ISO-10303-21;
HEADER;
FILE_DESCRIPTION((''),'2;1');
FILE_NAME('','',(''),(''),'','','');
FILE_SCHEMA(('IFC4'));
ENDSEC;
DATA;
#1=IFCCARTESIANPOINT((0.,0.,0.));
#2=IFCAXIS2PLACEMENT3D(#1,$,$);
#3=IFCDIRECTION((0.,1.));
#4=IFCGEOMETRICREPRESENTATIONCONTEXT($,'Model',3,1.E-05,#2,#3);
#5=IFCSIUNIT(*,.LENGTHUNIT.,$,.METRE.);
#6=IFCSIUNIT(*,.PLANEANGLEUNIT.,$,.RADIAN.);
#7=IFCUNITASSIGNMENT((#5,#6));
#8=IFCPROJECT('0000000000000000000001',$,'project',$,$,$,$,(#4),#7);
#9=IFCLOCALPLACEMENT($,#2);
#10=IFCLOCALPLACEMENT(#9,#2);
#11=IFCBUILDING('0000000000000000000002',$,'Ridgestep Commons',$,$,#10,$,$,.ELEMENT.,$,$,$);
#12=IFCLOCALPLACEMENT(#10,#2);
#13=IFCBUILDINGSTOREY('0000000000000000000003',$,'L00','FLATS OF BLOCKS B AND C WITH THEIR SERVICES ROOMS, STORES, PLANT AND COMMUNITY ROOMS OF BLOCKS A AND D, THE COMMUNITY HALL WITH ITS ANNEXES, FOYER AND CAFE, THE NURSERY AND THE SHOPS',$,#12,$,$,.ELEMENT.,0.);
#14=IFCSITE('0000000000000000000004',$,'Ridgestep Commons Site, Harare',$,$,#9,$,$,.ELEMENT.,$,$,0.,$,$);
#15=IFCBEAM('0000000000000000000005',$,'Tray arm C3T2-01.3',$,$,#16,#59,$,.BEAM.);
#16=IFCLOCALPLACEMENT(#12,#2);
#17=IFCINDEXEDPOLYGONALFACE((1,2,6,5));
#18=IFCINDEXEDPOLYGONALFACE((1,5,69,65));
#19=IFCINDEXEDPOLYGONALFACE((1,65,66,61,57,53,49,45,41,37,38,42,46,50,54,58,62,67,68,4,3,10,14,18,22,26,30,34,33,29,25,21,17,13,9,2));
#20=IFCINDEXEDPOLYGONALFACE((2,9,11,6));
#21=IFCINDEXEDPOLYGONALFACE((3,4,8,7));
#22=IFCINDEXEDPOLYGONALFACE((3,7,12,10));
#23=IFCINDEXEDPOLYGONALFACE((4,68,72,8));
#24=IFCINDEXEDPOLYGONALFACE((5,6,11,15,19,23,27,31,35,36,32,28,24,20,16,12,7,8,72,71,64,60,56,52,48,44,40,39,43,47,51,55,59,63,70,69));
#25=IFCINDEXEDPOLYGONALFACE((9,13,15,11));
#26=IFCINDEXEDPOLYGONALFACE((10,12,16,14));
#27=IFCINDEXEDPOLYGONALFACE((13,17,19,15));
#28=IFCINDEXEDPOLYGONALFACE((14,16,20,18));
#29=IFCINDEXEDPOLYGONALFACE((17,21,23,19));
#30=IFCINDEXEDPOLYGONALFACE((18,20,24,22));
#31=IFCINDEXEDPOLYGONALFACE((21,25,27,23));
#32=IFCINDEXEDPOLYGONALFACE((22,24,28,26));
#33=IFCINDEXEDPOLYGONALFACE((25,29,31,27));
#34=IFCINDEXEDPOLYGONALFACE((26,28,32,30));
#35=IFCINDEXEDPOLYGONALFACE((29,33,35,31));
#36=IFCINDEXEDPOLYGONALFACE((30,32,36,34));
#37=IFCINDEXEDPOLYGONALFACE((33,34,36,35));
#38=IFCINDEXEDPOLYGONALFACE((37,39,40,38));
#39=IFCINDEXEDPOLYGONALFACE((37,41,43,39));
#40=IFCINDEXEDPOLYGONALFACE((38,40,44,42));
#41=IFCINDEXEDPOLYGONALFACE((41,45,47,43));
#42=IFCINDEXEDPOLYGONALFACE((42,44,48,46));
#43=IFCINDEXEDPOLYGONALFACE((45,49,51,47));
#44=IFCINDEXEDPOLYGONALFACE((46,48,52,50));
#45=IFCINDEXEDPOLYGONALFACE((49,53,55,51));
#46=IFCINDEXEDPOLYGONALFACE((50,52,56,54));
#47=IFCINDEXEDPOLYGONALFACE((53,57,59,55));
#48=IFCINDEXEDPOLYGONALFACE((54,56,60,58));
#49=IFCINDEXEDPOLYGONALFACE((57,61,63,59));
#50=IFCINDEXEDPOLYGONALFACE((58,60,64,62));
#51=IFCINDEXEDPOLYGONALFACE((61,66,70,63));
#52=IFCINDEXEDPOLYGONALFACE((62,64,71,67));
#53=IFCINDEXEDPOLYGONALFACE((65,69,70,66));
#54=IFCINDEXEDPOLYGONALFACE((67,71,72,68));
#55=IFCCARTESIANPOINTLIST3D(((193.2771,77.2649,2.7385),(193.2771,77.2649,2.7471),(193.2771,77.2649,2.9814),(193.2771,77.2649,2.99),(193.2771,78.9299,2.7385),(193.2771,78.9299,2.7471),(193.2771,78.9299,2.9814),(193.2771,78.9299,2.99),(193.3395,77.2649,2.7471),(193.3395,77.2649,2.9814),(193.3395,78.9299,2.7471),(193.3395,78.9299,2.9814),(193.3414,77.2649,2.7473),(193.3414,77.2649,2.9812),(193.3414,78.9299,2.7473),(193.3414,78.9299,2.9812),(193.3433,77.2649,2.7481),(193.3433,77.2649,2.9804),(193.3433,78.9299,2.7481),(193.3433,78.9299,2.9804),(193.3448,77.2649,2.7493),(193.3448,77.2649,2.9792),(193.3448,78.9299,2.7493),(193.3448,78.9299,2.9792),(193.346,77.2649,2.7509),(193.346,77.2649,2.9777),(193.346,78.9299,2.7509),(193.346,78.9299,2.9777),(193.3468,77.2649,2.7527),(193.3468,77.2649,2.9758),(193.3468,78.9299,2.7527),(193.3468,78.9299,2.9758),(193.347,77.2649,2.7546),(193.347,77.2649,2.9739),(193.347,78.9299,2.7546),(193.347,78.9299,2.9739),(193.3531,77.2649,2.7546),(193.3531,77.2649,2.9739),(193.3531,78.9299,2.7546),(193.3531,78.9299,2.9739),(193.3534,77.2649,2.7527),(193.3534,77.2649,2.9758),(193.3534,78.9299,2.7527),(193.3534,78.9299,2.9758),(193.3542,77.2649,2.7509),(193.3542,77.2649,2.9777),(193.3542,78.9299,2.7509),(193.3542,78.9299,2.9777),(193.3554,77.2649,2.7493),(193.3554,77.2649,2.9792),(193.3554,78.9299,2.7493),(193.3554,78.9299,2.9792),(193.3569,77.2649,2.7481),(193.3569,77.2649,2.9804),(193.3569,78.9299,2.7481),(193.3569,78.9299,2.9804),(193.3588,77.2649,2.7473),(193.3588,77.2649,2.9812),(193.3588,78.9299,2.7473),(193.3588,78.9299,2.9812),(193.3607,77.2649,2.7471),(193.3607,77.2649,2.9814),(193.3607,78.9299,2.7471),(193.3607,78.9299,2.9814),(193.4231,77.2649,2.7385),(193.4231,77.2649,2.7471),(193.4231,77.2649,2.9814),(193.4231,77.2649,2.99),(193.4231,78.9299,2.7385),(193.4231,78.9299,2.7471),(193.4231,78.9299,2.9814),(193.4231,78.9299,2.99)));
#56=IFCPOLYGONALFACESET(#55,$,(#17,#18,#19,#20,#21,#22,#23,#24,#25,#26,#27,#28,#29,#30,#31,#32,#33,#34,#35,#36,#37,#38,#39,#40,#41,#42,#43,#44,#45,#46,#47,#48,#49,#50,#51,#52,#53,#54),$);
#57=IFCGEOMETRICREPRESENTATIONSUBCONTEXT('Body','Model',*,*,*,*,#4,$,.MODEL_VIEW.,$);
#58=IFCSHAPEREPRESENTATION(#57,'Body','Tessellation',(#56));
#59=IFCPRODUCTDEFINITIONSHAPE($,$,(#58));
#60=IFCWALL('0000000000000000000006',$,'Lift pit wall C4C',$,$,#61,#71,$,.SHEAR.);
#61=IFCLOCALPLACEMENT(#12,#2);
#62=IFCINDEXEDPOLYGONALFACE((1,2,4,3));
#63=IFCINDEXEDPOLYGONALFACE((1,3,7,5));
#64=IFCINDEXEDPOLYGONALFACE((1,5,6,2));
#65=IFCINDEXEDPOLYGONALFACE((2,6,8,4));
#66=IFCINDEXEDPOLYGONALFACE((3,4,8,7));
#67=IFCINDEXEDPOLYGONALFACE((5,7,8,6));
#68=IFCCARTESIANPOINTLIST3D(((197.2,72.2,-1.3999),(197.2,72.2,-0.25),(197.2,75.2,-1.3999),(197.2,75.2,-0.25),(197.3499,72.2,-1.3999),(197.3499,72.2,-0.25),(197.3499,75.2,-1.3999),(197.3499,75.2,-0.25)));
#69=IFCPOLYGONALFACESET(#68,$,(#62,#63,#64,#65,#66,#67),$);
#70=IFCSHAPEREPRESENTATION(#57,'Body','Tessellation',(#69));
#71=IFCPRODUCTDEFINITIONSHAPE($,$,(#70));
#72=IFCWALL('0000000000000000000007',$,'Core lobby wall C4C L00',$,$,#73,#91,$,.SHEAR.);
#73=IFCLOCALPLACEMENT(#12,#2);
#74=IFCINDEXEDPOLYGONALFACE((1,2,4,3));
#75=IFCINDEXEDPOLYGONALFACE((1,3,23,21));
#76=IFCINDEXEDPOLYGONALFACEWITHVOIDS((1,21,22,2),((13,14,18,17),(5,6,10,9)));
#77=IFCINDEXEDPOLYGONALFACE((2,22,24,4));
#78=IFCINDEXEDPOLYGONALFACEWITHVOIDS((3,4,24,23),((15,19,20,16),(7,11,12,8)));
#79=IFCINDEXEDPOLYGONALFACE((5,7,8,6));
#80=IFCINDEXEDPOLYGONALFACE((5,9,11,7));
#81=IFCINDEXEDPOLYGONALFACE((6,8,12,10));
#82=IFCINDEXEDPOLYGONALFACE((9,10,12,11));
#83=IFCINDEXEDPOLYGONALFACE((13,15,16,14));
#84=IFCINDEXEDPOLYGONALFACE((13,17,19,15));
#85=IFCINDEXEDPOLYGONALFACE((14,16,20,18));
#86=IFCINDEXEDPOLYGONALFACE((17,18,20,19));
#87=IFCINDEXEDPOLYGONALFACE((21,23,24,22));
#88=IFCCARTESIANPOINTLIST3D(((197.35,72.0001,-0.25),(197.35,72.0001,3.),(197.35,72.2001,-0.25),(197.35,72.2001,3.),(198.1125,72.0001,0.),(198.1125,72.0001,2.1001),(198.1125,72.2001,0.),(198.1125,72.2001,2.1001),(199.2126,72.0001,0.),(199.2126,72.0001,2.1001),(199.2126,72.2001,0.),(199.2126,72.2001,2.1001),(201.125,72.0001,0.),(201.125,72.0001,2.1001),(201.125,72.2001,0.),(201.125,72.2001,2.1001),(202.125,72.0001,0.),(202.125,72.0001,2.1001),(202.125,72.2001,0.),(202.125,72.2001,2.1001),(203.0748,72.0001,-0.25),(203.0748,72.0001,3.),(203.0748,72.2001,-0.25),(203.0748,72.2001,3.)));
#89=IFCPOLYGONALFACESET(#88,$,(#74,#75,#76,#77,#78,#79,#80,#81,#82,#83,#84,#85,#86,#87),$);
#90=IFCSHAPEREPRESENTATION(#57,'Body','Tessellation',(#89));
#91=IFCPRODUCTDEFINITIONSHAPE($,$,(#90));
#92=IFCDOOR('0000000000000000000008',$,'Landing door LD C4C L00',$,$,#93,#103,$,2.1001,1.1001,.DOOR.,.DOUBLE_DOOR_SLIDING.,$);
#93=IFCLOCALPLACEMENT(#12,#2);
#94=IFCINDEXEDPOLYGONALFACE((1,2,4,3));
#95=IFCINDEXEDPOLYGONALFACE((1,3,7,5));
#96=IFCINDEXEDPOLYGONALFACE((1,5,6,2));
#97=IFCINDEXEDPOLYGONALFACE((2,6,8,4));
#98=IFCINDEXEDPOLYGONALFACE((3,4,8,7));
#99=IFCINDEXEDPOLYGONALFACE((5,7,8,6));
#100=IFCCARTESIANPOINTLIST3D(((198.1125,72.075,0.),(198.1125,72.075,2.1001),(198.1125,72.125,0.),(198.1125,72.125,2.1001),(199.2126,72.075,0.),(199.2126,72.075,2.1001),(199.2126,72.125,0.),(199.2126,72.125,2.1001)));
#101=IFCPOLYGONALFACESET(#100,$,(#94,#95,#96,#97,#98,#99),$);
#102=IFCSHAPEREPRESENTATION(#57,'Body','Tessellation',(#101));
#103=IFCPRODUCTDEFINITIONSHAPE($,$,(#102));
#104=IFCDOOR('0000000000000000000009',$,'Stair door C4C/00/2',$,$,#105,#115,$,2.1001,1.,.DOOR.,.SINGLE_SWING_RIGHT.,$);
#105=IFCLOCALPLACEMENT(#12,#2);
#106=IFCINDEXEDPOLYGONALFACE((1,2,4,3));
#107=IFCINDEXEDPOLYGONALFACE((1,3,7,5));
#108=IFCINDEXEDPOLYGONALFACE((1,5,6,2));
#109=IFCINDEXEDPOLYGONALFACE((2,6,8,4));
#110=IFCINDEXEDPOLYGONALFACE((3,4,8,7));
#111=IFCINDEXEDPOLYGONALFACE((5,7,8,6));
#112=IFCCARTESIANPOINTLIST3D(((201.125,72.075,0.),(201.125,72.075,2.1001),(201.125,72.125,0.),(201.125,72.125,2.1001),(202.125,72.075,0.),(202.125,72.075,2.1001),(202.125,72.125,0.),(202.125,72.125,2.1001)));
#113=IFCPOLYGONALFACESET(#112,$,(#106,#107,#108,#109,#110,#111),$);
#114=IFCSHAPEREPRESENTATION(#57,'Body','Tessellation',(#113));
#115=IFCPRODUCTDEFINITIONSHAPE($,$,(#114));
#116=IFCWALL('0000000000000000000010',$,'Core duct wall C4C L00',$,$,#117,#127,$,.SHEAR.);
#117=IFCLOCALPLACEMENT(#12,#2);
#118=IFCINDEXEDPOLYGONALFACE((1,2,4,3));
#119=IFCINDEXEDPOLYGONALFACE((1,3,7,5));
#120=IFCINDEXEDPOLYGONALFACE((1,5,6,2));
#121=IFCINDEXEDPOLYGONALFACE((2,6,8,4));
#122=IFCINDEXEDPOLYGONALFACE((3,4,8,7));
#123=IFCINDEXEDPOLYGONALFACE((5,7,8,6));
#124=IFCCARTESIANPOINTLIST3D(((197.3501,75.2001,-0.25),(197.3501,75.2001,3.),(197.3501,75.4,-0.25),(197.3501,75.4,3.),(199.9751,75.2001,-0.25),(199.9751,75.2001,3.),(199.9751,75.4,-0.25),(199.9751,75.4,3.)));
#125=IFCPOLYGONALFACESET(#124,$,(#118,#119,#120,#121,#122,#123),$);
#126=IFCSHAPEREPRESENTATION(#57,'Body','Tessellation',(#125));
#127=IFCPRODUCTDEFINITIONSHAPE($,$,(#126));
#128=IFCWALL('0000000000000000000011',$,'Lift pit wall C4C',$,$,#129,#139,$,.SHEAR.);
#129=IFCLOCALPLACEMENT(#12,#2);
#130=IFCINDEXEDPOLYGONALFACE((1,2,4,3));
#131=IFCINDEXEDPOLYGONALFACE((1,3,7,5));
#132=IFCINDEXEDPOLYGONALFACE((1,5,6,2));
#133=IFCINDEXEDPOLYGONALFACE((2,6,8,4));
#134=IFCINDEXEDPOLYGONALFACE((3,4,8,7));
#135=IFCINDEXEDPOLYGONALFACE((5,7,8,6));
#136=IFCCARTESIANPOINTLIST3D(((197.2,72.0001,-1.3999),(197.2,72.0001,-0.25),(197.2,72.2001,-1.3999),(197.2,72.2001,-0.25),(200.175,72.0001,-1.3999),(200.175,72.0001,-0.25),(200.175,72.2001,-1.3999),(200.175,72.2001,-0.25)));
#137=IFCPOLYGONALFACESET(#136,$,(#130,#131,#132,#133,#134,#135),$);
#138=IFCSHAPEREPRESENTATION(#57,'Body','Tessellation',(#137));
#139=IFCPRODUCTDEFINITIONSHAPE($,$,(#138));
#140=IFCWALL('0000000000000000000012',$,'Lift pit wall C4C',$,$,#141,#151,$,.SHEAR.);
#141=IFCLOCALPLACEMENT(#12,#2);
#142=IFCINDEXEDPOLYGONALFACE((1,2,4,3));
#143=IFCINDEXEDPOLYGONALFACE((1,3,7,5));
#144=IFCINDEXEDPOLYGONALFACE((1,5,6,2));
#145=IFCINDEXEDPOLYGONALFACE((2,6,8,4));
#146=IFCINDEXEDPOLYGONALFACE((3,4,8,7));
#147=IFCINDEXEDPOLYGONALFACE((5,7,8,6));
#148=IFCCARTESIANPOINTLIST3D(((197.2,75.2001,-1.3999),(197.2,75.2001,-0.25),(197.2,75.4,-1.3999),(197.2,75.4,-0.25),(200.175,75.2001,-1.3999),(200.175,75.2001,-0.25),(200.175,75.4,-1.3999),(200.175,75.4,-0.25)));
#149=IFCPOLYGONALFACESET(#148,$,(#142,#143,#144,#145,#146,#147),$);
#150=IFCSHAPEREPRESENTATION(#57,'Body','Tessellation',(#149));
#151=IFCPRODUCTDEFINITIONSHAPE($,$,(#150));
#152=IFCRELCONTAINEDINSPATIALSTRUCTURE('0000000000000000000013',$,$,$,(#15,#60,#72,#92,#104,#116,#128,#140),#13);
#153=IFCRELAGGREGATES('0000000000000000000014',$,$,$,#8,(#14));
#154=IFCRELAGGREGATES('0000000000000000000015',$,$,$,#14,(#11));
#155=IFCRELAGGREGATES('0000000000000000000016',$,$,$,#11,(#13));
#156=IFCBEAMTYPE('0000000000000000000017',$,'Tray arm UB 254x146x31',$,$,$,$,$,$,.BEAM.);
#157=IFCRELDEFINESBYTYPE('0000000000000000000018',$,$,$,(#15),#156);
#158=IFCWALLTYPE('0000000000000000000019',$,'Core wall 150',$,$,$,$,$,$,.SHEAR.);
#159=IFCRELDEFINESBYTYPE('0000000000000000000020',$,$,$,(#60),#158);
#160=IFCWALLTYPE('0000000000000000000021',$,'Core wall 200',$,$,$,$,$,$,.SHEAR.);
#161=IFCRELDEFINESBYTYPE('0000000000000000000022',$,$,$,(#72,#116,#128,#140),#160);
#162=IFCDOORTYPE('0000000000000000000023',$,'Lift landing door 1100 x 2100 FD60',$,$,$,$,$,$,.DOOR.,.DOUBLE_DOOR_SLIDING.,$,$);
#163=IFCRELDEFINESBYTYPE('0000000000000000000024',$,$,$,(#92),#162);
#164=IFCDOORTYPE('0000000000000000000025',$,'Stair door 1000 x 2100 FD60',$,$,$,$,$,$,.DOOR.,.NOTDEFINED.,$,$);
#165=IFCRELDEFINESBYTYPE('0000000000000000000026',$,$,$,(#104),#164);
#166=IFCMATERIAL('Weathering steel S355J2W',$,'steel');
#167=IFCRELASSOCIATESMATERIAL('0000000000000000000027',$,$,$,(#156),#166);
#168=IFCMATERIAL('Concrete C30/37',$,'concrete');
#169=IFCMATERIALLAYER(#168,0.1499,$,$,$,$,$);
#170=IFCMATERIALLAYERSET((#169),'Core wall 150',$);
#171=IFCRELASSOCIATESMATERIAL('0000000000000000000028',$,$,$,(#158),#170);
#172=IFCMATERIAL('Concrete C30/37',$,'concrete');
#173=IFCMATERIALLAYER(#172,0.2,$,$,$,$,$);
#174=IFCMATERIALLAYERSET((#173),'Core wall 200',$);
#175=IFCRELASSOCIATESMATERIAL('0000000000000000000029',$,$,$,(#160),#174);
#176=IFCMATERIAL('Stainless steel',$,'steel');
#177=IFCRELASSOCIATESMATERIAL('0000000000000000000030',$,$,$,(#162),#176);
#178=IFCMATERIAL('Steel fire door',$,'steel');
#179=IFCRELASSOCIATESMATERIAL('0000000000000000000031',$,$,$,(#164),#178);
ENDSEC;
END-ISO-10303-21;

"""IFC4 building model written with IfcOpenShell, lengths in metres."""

from ifc_helpers import new_model, si_unit, direction, frame, frame_2d, origin, origin_2d, place, context, subcontext, project, spatial, rectangle, i_section, extrude, material, layer, layer_set, material_profile, profile_set, type_object, element, fill, save


model = new_model("IFC4")

# Units and contexts
model_context = context("Model", 3, precision=1e-05, world=origin(), true_north=direction((0.0, 1.0)))
body_context = subcontext(model_context, "Body", "Model", "MODEL_VIEW")
ifc_project = project(units=[si_unit("LENGTHUNIT", "METRE"), si_unit("PLANEANGLEUNIT", "RADIAN")], contexts=[model_context])

# Site, building, storey
site_placement = place(None, origin())
site = spatial("IfcSite", under=ifc_project, at=site_placement, Name="Ridgestep Commons Site, Harare", CompositionType="ELEMENT", RefElevation=0.0)
building_placement = place(site_placement, origin())
building = spatial("IfcBuilding", under=site, at=building_placement, Name="Ridgestep Commons", CompositionType="ELEMENT")
storey_placement = place(building_placement, origin())
storey = spatial("IfcBuildingStorey", under=building, at=storey_placement, Name="L00", Description="FLATS OF BLOCKS B AND C WITH THEIR SERVICES ROOMS, STORES, PLANT AND COMMUNITY ROOMS OF BLOCKS A AND D, THE COMMUNITY HALL WITH ITS ANNEXES, FOYER AND CAFE, THE NURSERY AND THE SHOPS", CompositionType="ELEMENT", Elevation=0.0)

# Beam
ifc_material_1 = material(Name="Weathering steel S355J2W", Category="steel")
ifc_material_profile = material_profile(ifc_material_1, i_section(OverallWidth=0.146, OverallDepth=0.2515, WebThickness=0.0061, FlangeThickness=0.0085, FilletRadius=0.0076, at=origin_2d()), Name="UB 254x146x31")
ifc_profile_set = profile_set([ifc_material_profile], Name="Weathering steel S355J2W")
beam_type = type_object("IfcBeamType", Name="Tray arm UB 254x146x31", PredefinedType="BEAM", material=ifc_profile_set)
beam_placement = place(storey_placement, frame((193.3501, 77.2649, 2.8643), z_axis=(0.0, 1.0, 0.0), x_axis=(-1.0, 0.0, 0.0)))
element("IfcBeam", 1, at=beam_placement, inside=storey, type_object=beam_type, Name="Tray arm C3T2-01.3", PredefinedType="BEAM", context=body_context, shape_type="SweptSolid", body=[
    extrude(i_section(OverallWidth=0.146, OverallDepth=0.2515, WebThickness=0.0061, FlangeThickness=0.0085, FilletRadius=0.0076, at=origin_2d()), origin(), (0.0, 0.0, 1.0), 1.665),
])

# Wall
ifc_material_2 = material(Name="Concrete C30/37", Category="concrete")
ifc_layer_1 = layer(ifc_material_2, 0.1499)
ifc_layer_set_1 = layer_set([ifc_layer_1], Name="Core wall 150")
wall_type_1 = type_object("IfcWallType", Name="Core wall 150", PredefinedType="SHEAR", material=ifc_layer_set_1)
wall_1_placement = place(storey_placement, frame((197.2749, 72.2, -1.3999), z_axis=(0.0, 0.0, 1.0), x_axis=(0.0, 1.0, 0.0)))
element("IfcWall", 2, at=wall_1_placement, inside=storey, type_object=wall_type_1, Name="Lift pit wall C4C", PredefinedType="SHEAR", context=body_context, shape_type="SweptSolid", body=[
    extrude(rectangle(XDim=3.0, YDim=0.1499, at=frame_2d((1.5, 0.0))), origin(), (0.0, 0.0, 1.0), 1.1499),
])

# Wall, openings, doors
ifc_material_3 = material(Name="Concrete C30/37", Category="concrete")
ifc_layer_2 = layer(ifc_material_3, 0.2)
ifc_layer_set_2 = layer_set([ifc_layer_2], Name="Core wall 200")
wall_type_2 = type_object("IfcWallType", Name="Core wall 200", PredefinedType="SHEAR", material=ifc_layer_set_2)
wall_2_placement = place(storey_placement, frame((197.3501, 72.1001, -0.25), z_axis=(0.0, 0.0, 1.0), x_axis=(1.0, 0.0, 0.0)))
wall_2 = element("IfcWall", 3, at=wall_2_placement, inside=storey, type_object=wall_type_2, Name="Core lobby wall C4C L00", PredefinedType="SHEAR", context=body_context, shape_type="SweptSolid", body=[
    extrude(rectangle(XDim=5.7249, YDim=0.2, at=frame_2d((2.8623, 0.0))), origin(), (0.0, 0.0, 1.0), 3.25),
])
opening_1_placement = place(wall_2_placement, frame((3.7749, 0.0, 0.25)))
opening_1 = element("IfcOpeningElement", 4, at=opening_1_placement, cuts=wall_2, PredefinedType="OPENING", context=body_context, shape_type="SweptSolid", body=[
    extrude(rectangle(XDim=1.0, YDim=2.1001, at=frame_2d((0.5, 1.05))), frame((0.0, 0.1099, 0.0), z_axis=(0.0, -1.0, 0.0), x_axis=(1.0, 0.0, 0.0)), (0.0, 0.0, 1.0), 0.22),
])
opening_2_placement = place(wall_2_placement, frame((0.7625, 0.0, 0.25)))
opening_2 = element("IfcOpeningElement", 5, at=opening_2_placement, cuts=wall_2, PredefinedType="OPENING", context=body_context, shape_type="SweptSolid", body=[
    extrude(rectangle(XDim=1.1001, YDim=2.1001, at=frame_2d((0.55, 1.05))), frame((0.0, 0.1099, 0.0), z_axis=(0.0, -1.0, 0.0), x_axis=(1.0, 0.0, 0.0)), (0.0, 0.0, 1.0), 0.22),
])
ifc_material_4 = material(Name="Stainless steel", Category="steel")
door_type_1 = type_object("IfcDoorType", Name="Lift landing door 1100 x 2100 FD60", OperationType="DOUBLE_DOOR_SLIDING", PredefinedType="DOOR", material=ifc_material_4)
door_1_placement = place(opening_2_placement, origin())
door_1 = element("IfcDoor", 6, at=door_1_placement, inside=storey, type_object=door_type_1, Name="Landing door LD C4C L00", OperationType="DOUBLE_DOOR_SLIDING", OverallHeight=2.1001, OverallWidth=1.1001, PredefinedType="DOOR", context=body_context, shape_type="SweptSolid", body=[
    extrude(rectangle(XDim=1.1001, YDim=2.1001, at=frame_2d((0.55, 1.05))), frame((0.0, 0.0249, 0.0), z_axis=(0.0, -1.0, 0.0), x_axis=(1.0, 0.0, 0.0)), (0.0, 0.0, 1.0), 0.05),
])
fill(opening_2, door_1)
ifc_material_5 = material(Name="Steel fire door", Category="steel")
door_type_2 = type_object("IfcDoorType", Name="Stair door 1000 x 2100 FD60", OperationType="NOTDEFINED", PredefinedType="DOOR", material=ifc_material_5)
door_2_placement = place(opening_1_placement, origin())
door_2 = element("IfcDoor", 7, at=door_2_placement, inside=storey, type_object=door_type_2, Name="Stair door C4C/00/2", OperationType="SINGLE_SWING_RIGHT", OverallHeight=2.1001, OverallWidth=1.0, PredefinedType="DOOR", context=body_context, shape_type="SweptSolid", body=[
    extrude(rectangle(XDim=1.0, YDim=2.1001, at=frame_2d((0.5, 1.05))), frame((0.0, 0.0249, 0.0), z_axis=(0.0, -1.0, 0.0), x_axis=(1.0, 0.0, 0.0)), (0.0, 0.0, 1.0), 0.05),
])
fill(opening_1, door_2)

# Walls
wall_3_placement = place(storey_placement, frame((197.3501, 75.3, -0.25), z_axis=(0.0, 0.0, 1.0), x_axis=(1.0, 0.0, 0.0)))
element("IfcWall", 8, at=wall_3_placement, inside=storey, type_object=wall_type_2, Name="Core duct wall C4C L00", PredefinedType="SHEAR", context=body_context, shape_type="SweptSolid", body=[
    extrude(rectangle(XDim=2.625, YDim=0.2, at=frame_2d((1.3125, 0.0))), origin(), (0.0, 0.0, 1.0), 3.25),
])
for number, where, z_axis, x_axis, name in (
    (9, (197.2, 72.1001, -1.3999), (0.0, 0.0, 1.0), (1.0, 0.0, 0.0), "Lift pit wall C4C"),
    (10, (197.2, 75.3, -1.3999), (0.0, 0.0, 1.0), (1.0, 0.0, 0.0), "Lift pit wall C4C"),
):
    element("IfcWall", number, at=place(storey_placement, frame(where, z_axis=z_axis, x_axis=x_axis)), inside=storey, type_object=wall_type_2, Name=name, PredefinedType="SHEAR", context=body_context, shape_type="SweptSolid", body=[
        extrude(rectangle(XDim=2.9751, YDim=0.2, at=frame_2d((1.4875, 0.0))), origin(), (0.0, 0.0, 1.0), 1.1499),
    ])

save(model, "model.ifc")
